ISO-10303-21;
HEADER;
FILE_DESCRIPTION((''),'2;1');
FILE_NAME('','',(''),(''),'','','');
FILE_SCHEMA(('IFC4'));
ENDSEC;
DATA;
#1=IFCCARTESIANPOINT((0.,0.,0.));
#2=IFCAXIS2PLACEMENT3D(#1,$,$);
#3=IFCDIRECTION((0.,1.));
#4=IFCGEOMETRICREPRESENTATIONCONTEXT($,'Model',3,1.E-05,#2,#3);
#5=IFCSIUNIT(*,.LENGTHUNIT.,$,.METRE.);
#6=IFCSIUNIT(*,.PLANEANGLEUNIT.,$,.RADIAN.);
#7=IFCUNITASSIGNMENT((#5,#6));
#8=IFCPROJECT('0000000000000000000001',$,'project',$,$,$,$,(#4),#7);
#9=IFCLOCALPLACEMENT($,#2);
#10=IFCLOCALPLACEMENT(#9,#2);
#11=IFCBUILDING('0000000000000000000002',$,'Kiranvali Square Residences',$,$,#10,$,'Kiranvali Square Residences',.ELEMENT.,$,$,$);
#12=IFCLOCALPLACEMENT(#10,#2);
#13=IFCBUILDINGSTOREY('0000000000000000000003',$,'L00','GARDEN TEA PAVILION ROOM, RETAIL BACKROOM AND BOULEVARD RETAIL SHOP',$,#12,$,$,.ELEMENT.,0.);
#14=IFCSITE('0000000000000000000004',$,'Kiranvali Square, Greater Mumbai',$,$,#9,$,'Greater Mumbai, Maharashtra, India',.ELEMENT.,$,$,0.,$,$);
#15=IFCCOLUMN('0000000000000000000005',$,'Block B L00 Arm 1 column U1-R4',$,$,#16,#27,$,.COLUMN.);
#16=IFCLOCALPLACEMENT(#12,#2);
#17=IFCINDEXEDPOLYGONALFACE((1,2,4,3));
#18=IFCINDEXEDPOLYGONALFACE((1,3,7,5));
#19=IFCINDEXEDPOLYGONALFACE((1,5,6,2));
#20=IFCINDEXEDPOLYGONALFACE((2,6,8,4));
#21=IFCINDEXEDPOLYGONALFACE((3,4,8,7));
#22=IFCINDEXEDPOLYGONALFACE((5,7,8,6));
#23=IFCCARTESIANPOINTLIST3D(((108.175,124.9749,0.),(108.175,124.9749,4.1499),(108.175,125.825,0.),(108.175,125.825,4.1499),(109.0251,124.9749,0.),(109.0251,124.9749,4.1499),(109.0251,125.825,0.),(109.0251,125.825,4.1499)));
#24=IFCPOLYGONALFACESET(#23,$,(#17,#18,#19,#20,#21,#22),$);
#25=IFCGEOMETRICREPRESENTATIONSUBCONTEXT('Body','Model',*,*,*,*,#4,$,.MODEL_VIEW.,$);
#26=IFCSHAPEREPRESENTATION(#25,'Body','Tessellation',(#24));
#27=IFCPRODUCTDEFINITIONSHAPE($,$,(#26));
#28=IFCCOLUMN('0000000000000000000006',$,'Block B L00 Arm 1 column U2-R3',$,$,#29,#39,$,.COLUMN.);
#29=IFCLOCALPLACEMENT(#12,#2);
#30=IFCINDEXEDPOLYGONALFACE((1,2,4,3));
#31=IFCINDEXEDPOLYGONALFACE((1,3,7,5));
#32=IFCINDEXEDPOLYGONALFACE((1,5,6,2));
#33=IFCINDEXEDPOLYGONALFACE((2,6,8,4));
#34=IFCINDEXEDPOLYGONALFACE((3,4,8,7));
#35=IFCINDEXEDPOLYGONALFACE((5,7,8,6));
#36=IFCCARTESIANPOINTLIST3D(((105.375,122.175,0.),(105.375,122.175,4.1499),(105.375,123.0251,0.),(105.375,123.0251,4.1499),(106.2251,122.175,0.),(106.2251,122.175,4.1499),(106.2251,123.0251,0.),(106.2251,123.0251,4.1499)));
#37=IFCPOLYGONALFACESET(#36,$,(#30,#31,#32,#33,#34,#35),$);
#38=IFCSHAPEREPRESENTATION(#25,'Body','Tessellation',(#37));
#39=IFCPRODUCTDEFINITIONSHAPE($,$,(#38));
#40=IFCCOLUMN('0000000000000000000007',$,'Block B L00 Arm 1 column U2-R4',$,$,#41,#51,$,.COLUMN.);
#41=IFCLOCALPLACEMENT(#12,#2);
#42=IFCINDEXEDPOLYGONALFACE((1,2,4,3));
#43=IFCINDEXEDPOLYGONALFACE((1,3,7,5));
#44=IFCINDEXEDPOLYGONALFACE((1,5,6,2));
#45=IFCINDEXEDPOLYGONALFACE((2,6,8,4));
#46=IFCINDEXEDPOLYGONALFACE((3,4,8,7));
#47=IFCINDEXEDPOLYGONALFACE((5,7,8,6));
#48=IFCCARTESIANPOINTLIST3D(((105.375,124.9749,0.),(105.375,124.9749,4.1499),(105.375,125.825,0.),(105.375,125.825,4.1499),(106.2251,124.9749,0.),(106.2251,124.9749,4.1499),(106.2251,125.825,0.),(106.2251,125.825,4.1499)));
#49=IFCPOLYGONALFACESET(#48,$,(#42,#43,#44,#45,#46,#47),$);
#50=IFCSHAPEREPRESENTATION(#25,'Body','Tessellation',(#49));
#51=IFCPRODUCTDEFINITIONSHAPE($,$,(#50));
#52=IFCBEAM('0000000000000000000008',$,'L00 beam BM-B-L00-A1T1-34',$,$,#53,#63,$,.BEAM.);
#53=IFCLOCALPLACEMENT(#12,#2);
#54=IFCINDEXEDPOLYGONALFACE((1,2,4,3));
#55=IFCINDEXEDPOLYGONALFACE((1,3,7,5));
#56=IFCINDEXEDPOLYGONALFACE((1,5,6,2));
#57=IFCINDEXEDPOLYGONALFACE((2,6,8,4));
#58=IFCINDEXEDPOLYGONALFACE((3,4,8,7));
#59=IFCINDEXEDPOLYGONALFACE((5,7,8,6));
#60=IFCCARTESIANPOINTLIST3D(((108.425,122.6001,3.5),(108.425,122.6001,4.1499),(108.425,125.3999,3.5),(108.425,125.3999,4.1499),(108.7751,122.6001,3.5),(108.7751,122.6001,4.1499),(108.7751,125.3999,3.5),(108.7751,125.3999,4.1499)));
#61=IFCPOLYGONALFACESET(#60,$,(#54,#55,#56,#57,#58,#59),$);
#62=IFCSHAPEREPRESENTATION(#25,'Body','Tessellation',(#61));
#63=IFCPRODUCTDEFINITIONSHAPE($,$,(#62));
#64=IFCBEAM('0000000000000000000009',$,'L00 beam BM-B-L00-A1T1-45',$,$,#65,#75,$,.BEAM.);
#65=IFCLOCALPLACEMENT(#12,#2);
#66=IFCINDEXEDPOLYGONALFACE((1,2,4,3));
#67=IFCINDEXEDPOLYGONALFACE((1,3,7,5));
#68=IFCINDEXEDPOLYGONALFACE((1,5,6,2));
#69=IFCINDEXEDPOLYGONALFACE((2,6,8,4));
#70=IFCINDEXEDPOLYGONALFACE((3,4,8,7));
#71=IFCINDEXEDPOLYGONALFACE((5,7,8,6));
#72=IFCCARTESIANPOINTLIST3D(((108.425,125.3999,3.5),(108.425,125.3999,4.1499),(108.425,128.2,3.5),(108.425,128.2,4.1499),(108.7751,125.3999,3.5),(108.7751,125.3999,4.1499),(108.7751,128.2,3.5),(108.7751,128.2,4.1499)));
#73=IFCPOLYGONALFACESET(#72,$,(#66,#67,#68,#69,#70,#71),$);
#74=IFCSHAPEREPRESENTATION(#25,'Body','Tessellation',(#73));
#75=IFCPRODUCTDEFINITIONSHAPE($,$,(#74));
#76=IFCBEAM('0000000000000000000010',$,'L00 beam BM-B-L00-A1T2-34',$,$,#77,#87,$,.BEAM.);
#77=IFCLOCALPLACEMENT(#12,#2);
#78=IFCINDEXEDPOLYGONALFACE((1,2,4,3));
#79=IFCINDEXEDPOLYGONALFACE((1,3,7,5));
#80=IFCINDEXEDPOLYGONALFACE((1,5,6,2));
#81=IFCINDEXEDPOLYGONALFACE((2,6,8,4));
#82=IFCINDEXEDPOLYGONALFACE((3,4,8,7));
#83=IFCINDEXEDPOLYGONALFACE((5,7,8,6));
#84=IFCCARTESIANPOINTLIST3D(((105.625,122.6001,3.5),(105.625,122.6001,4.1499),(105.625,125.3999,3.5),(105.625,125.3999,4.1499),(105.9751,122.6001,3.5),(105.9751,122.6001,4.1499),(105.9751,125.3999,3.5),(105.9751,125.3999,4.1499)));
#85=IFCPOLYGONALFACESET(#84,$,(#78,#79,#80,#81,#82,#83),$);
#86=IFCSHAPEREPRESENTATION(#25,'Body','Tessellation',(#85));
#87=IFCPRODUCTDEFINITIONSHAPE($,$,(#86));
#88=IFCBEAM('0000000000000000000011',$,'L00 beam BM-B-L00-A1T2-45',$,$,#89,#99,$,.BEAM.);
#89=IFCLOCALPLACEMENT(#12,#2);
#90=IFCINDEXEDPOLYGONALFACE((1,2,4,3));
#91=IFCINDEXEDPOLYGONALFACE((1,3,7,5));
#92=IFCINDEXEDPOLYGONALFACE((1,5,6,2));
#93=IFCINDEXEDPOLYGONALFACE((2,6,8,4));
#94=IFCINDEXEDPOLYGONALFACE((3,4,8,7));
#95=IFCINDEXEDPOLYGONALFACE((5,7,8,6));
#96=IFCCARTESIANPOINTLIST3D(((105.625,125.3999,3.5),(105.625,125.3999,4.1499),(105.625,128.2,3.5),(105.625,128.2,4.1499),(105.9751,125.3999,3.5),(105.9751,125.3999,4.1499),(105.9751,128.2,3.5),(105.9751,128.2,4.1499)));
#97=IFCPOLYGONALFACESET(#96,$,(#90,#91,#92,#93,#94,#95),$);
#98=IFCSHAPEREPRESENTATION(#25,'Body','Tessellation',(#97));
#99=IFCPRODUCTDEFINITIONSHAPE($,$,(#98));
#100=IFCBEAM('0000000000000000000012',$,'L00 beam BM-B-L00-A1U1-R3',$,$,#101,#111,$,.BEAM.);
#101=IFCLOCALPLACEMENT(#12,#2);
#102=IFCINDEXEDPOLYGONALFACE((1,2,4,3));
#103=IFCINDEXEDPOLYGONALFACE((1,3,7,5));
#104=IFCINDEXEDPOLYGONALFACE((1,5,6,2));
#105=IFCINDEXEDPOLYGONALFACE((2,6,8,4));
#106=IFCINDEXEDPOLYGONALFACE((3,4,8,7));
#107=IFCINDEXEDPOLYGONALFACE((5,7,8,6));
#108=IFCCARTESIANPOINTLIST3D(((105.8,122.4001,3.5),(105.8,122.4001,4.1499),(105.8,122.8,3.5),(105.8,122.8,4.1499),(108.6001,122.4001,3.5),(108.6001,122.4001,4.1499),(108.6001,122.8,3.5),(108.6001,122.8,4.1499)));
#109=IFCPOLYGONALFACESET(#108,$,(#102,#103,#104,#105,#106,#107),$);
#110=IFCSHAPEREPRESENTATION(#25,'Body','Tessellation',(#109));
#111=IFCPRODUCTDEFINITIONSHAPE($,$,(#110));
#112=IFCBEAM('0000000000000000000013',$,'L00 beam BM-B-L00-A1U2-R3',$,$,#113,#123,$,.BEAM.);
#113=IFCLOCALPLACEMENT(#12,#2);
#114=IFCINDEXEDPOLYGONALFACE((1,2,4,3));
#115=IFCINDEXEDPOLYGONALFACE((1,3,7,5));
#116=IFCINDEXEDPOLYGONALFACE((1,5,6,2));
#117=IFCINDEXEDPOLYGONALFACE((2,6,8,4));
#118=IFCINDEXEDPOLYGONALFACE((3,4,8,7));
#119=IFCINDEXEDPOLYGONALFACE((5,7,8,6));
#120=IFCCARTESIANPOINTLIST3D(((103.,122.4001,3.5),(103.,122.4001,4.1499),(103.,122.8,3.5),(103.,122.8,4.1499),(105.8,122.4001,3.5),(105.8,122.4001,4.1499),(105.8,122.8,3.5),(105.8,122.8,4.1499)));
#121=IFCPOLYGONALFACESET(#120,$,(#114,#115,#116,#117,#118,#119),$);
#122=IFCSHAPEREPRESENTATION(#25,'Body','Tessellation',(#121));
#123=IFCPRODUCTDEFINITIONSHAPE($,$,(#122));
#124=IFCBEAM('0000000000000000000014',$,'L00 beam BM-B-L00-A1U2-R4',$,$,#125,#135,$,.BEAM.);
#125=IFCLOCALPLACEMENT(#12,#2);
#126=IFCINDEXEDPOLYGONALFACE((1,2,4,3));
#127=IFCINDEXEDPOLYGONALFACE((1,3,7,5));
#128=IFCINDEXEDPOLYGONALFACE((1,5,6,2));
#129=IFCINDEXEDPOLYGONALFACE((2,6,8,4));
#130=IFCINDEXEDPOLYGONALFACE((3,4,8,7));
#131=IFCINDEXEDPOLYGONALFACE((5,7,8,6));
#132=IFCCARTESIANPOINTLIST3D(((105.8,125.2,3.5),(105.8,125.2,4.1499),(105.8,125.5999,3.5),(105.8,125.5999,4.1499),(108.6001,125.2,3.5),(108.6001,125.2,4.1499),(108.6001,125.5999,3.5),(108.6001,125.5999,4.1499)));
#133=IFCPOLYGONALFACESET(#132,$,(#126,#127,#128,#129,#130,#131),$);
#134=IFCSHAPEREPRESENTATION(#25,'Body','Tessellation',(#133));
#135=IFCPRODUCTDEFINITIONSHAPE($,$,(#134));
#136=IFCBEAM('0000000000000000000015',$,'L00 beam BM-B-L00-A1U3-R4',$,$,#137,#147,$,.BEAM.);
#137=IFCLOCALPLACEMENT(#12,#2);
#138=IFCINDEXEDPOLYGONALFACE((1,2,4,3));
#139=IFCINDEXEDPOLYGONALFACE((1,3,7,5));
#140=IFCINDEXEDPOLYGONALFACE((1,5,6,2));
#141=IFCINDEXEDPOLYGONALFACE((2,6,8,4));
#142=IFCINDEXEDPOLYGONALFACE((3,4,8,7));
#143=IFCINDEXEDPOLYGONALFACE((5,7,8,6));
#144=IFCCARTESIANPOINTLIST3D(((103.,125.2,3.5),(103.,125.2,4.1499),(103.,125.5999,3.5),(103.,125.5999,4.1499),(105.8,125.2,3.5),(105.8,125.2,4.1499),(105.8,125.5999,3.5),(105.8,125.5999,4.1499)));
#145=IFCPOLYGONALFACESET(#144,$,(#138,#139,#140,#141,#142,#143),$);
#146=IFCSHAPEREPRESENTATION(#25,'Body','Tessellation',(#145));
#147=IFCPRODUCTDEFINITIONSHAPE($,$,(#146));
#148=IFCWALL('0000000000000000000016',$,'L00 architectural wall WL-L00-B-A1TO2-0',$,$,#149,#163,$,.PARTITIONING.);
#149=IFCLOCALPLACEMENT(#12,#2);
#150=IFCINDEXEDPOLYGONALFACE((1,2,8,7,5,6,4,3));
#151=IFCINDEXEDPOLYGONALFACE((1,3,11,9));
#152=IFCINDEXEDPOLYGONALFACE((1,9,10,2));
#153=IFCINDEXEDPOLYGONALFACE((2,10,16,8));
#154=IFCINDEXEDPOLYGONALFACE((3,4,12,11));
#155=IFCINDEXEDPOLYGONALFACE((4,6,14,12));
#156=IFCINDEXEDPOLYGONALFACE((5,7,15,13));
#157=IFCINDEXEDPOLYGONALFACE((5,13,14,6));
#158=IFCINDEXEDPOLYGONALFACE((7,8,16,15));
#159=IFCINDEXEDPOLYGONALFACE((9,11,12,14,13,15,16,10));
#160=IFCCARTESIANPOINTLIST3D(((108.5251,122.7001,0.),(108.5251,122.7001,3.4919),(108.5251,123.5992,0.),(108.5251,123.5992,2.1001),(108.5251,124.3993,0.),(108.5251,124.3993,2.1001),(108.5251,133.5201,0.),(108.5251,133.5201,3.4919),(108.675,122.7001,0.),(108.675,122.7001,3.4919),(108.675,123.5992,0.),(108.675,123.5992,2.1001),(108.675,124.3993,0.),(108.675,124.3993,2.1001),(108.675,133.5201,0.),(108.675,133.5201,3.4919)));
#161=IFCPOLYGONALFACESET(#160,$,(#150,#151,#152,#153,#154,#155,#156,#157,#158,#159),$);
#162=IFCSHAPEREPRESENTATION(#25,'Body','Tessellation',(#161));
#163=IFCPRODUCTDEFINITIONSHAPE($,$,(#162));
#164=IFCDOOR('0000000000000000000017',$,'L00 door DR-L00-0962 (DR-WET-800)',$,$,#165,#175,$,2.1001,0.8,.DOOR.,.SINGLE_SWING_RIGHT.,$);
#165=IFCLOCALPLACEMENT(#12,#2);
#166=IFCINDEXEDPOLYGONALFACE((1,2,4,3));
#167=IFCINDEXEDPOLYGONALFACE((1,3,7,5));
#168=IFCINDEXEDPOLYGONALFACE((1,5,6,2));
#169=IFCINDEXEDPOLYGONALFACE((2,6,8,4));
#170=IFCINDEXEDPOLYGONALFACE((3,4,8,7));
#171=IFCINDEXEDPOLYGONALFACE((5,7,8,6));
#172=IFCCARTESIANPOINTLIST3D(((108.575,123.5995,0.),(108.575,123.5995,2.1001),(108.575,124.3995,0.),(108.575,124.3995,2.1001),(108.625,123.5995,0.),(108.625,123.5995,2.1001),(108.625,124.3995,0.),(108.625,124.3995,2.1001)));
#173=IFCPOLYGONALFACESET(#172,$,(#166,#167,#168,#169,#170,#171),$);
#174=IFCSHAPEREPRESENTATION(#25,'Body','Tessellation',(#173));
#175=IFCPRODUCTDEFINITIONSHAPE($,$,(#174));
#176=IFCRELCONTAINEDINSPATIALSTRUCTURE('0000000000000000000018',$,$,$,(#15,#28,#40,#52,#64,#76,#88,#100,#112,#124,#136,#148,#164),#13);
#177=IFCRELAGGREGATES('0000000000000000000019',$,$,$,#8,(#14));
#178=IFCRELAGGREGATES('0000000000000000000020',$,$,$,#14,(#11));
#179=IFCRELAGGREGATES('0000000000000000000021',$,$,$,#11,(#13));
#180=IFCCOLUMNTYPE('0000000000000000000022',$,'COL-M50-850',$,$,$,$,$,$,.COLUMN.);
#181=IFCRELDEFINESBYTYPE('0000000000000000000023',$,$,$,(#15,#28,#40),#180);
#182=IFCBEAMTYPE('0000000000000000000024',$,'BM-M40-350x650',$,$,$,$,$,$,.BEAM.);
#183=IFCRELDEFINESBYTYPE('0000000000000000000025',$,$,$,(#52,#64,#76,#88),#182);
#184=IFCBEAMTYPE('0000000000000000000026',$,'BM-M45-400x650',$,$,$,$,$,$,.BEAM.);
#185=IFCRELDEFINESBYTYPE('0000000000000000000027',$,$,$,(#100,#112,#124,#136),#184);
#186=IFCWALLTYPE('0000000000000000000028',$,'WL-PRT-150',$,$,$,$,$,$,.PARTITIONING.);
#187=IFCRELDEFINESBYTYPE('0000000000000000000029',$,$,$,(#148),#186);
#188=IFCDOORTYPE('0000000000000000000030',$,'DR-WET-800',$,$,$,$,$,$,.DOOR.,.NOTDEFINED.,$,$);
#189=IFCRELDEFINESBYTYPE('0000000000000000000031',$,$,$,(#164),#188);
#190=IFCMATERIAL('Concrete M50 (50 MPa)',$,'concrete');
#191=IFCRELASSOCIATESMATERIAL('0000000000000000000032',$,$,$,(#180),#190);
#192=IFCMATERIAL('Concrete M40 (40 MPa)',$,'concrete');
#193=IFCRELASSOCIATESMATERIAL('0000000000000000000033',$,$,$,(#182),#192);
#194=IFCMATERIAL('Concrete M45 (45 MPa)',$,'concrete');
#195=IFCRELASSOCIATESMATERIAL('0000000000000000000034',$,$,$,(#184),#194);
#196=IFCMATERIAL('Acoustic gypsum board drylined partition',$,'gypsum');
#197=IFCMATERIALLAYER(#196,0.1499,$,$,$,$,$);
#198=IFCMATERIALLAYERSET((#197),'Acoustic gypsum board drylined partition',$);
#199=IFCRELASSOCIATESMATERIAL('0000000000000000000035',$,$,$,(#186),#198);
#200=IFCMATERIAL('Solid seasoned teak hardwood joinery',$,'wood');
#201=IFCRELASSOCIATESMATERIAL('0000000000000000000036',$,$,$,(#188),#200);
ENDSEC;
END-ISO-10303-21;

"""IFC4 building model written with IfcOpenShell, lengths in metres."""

from ifc_helpers import new_model, si_unit, direction, frame, frame_2d, origin, origin_2d, place, context, subcontext, project, spatial, rectangle, extrude, material, layer, layer_set, material_profile, profile_set, type_object, element, fill, save


model = new_model("IFC4")

# Units and contexts
model_context = context("Model", 3, precision=1e-05, world=origin(), true_north=direction((0.0, 1.0)))
body_context = subcontext(model_context, "Body", "Model", "MODEL_VIEW")
ifc_project = project(units=[si_unit("LENGTHUNIT", "METRE"), si_unit("PLANEANGLEUNIT", "RADIAN")], contexts=[model_context])

# Site, building, storey
site_placement = place(None, origin())
site = spatial("IfcSite", under=ifc_project, at=site_placement, Name="Kiranvali Square, Greater Mumbai", LongName="Greater Mumbai, Maharashtra, India", CompositionType="ELEMENT", RefElevation=0.0)
building_placement = place(site_placement, origin())
building = spatial("IfcBuilding", under=site, at=building_placement, Name="Kiranvali Square Residences", LongName="Kiranvali Square Residences", CompositionType="ELEMENT")
storey_placement = place(building_placement, origin())
storey = spatial("IfcBuildingStorey", under=building, at=storey_placement, Name="L00", Description="GARDEN TEA PAVILION ROOM, RETAIL BACKROOM AND BOULEVARD RETAIL SHOP", CompositionType="ELEMENT", Elevation=0.0)

# Columns
ifc_material_1 = material(Name="Concrete M50 (50 MPa)", Category="concrete")
ifc_material_profile_1 = material_profile(ifc_material_1, rectangle(XDim=0.8501, YDim=0.8501, at=origin_2d()), Name="RC 850x850")
ifc_profile_set_1 = profile_set([ifc_material_profile_1], Name="Concrete M50 (50 MPa)")
column_type = type_object("IfcColumnType", Name="COL-M50-850", PredefinedType="COLUMN", material=ifc_profile_set_1)
for number, where, z_axis, x_axis, name in (
    (1, (108.6001, 125.3999, 0.0), (0.0, 0.0, 1.0), (1.0, 0.0, 0.0), "Block B L00 Arm 1 column U1-R4"),
    (2, (105.8, 122.6001, 0.0), (0.0, 0.0, 1.0), (1.0, 0.0, 0.0), "Block B L00 Arm 1 column U2-R3"),
    (3, (105.8, 125.3999, 0.0), (0.0, 0.0, 1.0), (1.0, 0.0, 0.0), "Block B L00 Arm 1 column U2-R4"),
):
    element("IfcColumn", number, at=place(storey_placement, frame(where, z_axis=z_axis, x_axis=x_axis)), inside=storey, type_object=column_type, Name=name, PredefinedType="COLUMN", context=body_context, shape_type="SweptSolid", body=[
        extrude(rectangle(XDim=0.8501, YDim=0.8501, at=origin_2d()), origin(), (0.0, 0.0, 1.0), 4.1499),
    ])

# Beams
ifc_material_2 = material(Name="Concrete M40 (40 MPa)", Category="concrete")
ifc_material_profile_2 = material_profile(ifc_material_2, rectangle(XDim=0.3501, YDim=0.6499, at=origin_2d()), Name="RC 350x650")
ifc_profile_set_2 = profile_set([ifc_material_profile_2], Name="Concrete M40 (40 MPa)")
beam_type_1 = type_object("IfcBeamType", Name="BM-M40-350x650", PredefinedType="BEAM", material=ifc_profile_set_2)
beam_1_placement = place(storey_placement, frame((108.6001, 122.6001, 3.825), z_axis=(0.0, 1.0, 0.0), x_axis=(-1.0, 0.0, 0.0)))
element("IfcBeam", 4, at=beam_1_placement, inside=storey, type_object=beam_type_1, Name="L00 beam BM-B-L00-A1T1-34", PredefinedType="BEAM", context=body_context, shape_type="SweptSolid", body=[
    extrude(rectangle(XDim=0.3501, YDim=0.6499, at=origin_2d()), origin(), (0.0, 0.0, 1.0), 2.7998),
])
beam_2_placement = place(storey_placement, frame((108.6001, 125.3999, 3.825), z_axis=(0.0, 1.0, 0.0), x_axis=(-1.0, 0.0, 0.0)))
element("IfcBeam", 5, at=beam_2_placement, inside=storey, type_object=beam_type_1, Name="L00 beam BM-B-L00-A1T1-45", PredefinedType="BEAM", context=body_context, shape_type="SweptSolid", body=[
    extrude(rectangle(XDim=0.3501, YDim=0.6499, at=origin_2d()), origin(), (0.0, 0.0, 1.0), 2.8),
])
beam_3_placement = place(storey_placement, frame((105.8, 122.6001, 3.825), z_axis=(0.0, 1.0, 0.0), x_axis=(-1.0, 0.0, 0.0)))
element("IfcBeam", 6, at=beam_3_placement, inside=storey, type_object=beam_type_1, Name="L00 beam BM-B-L00-A1T2-34", PredefinedType="BEAM", context=body_context, shape_type="SweptSolid", body=[
    extrude(rectangle(XDim=0.3501, YDim=0.6499, at=origin_2d()), origin(), (0.0, 0.0, 1.0), 2.7998),
])
beam_4_placement = place(storey_placement, frame((105.8, 125.3999, 3.825), z_axis=(0.0, 1.0, 0.0), x_axis=(-1.0, 0.0, 0.0)))
element("IfcBeam", 7, at=beam_4_placement, inside=storey, type_object=beam_type_1, Name="L00 beam BM-B-L00-A1T2-45", PredefinedType="BEAM", context=body_context, shape_type="SweptSolid", body=[
    extrude(rectangle(XDim=0.3501, YDim=0.6499, at=origin_2d()), origin(), (0.0, 0.0, 1.0), 2.8),
])
ifc_material_3 = material(Name="Concrete M45 (45 MPa)", Category="concrete")
ifc_material_profile_3 = material_profile(ifc_material_3, rectangle(XDim=0.3999, YDim=0.6499, at=origin_2d()), Name="RC 400x650")
ifc_profile_set_3 = profile_set([ifc_material_profile_3], Name="Concrete M45 (45 MPa)")
beam_type_2 = type_object("IfcBeamType", Name="BM-M45-400x650", PredefinedType="BEAM", material=ifc_profile_set_3)
for number, where, z_axis, x_axis, name in (
    (8, (108.6001, 122.6001, 3.825), (-1.0, 0.0, 0.0), (0.0, -1.0, 0.0), "L00 beam BM-B-L00-A1U1-R3"),
    (9, (105.8, 122.6001, 3.825), (-1.0, 0.0, 0.0), (0.0, -1.0, 0.0), "L00 beam BM-B-L00-A1U2-R3"),
    (10, (108.6001, 125.3999, 3.825), (-1.0, 0.0, 0.0), (0.0, -1.0, 0.0), "L00 beam BM-B-L00-A1U2-R4"),
    (11, (105.8, 125.3999, 3.825), (-1.0, 0.0, 0.0), (0.0, -1.0, 0.0), "L00 beam BM-B-L00-A1U3-R4"),
):
    element("IfcBeam", number, at=place(storey_placement, frame(where, z_axis=z_axis, x_axis=x_axis)), inside=storey, type_object=beam_type_2, Name=name, PredefinedType="BEAM", context=body_context, shape_type="SweptSolid", body=[
        extrude(rectangle(XDim=0.3999, YDim=0.6499, at=origin_2d()), origin(), (0.0, 0.0, 1.0), 2.8),
    ])

# Wall, opening, door
ifc_material_4 = material(Name="Acoustic gypsum board drylined partition", Category="gypsum")
ifc_layer_1 = layer(ifc_material_4, 0.1499)
ifc_layer_set_1 = layer_set([ifc_layer_1], Name="Acoustic gypsum board drylined partition")
wall_type_1 = type_object("IfcWallType", Name="WL-PRT-150", PredefinedType="PARTITIONING", material=ifc_layer_set_1)
wall_1_placement = place(storey_placement, frame((108.6001, 122.7, 0.0), z_axis=(0.0, 0.0, 1.0), x_axis=(0.0, 1.0, 0.0)))
wall_1 = element("IfcWall", 12, at=wall_1_placement, inside=storey, type_object=wall_type_1, Name="L00 architectural wall WL-L00-B-A1TO2-0", PredefinedType="PARTITIONING", context=body_context, shape_type="SweptSolid", body=[
    extrude(rectangle(XDim=10.8201, YDim=0.1499, at=frame_2d((5.4102, 0.0))), origin(), (0.0, 0.0, 1.0), 3.4919),
])
opening_1_placement = place(wall_1_placement, frame((0.8994, 0.0, 0.0)))
opening_1 = element("IfcOpeningElement", 13, at=opening_1_placement, cuts=wall_1, PredefinedType="OPENING", context=body_context, shape_type="SweptSolid", body=[
    extrude(rectangle(XDim=0.8, YDim=2.1001, at=frame_2d((0.3999, 1.05))), frame((0.0, 0.085, 0.0), z_axis=(0.0, -1.0, 0.0), x_axis=(1.0, 0.0, 0.0)), (0.0, 0.0, 1.0), 0.1699),
])
ifc_material_5 = material(Name="Solid seasoned teak hardwood joinery", Category="wood")
door_type_1 = type_object("IfcDoorType", Name="DR-WET-800", OperationType="NOTDEFINED", PredefinedType="DOOR", material=ifc_material_5)
door_1_placement = place(opening_1_placement, frame((0.8, 0.0, 0.0), z_axis=(0.0, 0.0, 1.0), x_axis=(-1.0, 0.0, 0.0)))
door_1 = element("IfcDoor", 14, at=door_1_placement, inside=storey, type_object=door_type_1, Name="L00 door DR-L00-0962 (DR-WET-800)", OperationType="SINGLE_SWING_RIGHT", OverallHeight=2.1001, OverallWidth=0.8, PredefinedType="DOOR", context=body_context, shape_type="SweptSolid", body=[
    extrude(rectangle(XDim=0.8, YDim=2.1001, at=frame_2d((0.3999, 1.05))), frame((0.0, 0.0249, 0.0), z_axis=(0.0, -1.0, 0.0), x_axis=(1.0, 0.0, 0.0)), (0.0, 0.0, 1.0), 0.05),
])
fill(opening_1, door_1)

save(model, "model.ifc")
